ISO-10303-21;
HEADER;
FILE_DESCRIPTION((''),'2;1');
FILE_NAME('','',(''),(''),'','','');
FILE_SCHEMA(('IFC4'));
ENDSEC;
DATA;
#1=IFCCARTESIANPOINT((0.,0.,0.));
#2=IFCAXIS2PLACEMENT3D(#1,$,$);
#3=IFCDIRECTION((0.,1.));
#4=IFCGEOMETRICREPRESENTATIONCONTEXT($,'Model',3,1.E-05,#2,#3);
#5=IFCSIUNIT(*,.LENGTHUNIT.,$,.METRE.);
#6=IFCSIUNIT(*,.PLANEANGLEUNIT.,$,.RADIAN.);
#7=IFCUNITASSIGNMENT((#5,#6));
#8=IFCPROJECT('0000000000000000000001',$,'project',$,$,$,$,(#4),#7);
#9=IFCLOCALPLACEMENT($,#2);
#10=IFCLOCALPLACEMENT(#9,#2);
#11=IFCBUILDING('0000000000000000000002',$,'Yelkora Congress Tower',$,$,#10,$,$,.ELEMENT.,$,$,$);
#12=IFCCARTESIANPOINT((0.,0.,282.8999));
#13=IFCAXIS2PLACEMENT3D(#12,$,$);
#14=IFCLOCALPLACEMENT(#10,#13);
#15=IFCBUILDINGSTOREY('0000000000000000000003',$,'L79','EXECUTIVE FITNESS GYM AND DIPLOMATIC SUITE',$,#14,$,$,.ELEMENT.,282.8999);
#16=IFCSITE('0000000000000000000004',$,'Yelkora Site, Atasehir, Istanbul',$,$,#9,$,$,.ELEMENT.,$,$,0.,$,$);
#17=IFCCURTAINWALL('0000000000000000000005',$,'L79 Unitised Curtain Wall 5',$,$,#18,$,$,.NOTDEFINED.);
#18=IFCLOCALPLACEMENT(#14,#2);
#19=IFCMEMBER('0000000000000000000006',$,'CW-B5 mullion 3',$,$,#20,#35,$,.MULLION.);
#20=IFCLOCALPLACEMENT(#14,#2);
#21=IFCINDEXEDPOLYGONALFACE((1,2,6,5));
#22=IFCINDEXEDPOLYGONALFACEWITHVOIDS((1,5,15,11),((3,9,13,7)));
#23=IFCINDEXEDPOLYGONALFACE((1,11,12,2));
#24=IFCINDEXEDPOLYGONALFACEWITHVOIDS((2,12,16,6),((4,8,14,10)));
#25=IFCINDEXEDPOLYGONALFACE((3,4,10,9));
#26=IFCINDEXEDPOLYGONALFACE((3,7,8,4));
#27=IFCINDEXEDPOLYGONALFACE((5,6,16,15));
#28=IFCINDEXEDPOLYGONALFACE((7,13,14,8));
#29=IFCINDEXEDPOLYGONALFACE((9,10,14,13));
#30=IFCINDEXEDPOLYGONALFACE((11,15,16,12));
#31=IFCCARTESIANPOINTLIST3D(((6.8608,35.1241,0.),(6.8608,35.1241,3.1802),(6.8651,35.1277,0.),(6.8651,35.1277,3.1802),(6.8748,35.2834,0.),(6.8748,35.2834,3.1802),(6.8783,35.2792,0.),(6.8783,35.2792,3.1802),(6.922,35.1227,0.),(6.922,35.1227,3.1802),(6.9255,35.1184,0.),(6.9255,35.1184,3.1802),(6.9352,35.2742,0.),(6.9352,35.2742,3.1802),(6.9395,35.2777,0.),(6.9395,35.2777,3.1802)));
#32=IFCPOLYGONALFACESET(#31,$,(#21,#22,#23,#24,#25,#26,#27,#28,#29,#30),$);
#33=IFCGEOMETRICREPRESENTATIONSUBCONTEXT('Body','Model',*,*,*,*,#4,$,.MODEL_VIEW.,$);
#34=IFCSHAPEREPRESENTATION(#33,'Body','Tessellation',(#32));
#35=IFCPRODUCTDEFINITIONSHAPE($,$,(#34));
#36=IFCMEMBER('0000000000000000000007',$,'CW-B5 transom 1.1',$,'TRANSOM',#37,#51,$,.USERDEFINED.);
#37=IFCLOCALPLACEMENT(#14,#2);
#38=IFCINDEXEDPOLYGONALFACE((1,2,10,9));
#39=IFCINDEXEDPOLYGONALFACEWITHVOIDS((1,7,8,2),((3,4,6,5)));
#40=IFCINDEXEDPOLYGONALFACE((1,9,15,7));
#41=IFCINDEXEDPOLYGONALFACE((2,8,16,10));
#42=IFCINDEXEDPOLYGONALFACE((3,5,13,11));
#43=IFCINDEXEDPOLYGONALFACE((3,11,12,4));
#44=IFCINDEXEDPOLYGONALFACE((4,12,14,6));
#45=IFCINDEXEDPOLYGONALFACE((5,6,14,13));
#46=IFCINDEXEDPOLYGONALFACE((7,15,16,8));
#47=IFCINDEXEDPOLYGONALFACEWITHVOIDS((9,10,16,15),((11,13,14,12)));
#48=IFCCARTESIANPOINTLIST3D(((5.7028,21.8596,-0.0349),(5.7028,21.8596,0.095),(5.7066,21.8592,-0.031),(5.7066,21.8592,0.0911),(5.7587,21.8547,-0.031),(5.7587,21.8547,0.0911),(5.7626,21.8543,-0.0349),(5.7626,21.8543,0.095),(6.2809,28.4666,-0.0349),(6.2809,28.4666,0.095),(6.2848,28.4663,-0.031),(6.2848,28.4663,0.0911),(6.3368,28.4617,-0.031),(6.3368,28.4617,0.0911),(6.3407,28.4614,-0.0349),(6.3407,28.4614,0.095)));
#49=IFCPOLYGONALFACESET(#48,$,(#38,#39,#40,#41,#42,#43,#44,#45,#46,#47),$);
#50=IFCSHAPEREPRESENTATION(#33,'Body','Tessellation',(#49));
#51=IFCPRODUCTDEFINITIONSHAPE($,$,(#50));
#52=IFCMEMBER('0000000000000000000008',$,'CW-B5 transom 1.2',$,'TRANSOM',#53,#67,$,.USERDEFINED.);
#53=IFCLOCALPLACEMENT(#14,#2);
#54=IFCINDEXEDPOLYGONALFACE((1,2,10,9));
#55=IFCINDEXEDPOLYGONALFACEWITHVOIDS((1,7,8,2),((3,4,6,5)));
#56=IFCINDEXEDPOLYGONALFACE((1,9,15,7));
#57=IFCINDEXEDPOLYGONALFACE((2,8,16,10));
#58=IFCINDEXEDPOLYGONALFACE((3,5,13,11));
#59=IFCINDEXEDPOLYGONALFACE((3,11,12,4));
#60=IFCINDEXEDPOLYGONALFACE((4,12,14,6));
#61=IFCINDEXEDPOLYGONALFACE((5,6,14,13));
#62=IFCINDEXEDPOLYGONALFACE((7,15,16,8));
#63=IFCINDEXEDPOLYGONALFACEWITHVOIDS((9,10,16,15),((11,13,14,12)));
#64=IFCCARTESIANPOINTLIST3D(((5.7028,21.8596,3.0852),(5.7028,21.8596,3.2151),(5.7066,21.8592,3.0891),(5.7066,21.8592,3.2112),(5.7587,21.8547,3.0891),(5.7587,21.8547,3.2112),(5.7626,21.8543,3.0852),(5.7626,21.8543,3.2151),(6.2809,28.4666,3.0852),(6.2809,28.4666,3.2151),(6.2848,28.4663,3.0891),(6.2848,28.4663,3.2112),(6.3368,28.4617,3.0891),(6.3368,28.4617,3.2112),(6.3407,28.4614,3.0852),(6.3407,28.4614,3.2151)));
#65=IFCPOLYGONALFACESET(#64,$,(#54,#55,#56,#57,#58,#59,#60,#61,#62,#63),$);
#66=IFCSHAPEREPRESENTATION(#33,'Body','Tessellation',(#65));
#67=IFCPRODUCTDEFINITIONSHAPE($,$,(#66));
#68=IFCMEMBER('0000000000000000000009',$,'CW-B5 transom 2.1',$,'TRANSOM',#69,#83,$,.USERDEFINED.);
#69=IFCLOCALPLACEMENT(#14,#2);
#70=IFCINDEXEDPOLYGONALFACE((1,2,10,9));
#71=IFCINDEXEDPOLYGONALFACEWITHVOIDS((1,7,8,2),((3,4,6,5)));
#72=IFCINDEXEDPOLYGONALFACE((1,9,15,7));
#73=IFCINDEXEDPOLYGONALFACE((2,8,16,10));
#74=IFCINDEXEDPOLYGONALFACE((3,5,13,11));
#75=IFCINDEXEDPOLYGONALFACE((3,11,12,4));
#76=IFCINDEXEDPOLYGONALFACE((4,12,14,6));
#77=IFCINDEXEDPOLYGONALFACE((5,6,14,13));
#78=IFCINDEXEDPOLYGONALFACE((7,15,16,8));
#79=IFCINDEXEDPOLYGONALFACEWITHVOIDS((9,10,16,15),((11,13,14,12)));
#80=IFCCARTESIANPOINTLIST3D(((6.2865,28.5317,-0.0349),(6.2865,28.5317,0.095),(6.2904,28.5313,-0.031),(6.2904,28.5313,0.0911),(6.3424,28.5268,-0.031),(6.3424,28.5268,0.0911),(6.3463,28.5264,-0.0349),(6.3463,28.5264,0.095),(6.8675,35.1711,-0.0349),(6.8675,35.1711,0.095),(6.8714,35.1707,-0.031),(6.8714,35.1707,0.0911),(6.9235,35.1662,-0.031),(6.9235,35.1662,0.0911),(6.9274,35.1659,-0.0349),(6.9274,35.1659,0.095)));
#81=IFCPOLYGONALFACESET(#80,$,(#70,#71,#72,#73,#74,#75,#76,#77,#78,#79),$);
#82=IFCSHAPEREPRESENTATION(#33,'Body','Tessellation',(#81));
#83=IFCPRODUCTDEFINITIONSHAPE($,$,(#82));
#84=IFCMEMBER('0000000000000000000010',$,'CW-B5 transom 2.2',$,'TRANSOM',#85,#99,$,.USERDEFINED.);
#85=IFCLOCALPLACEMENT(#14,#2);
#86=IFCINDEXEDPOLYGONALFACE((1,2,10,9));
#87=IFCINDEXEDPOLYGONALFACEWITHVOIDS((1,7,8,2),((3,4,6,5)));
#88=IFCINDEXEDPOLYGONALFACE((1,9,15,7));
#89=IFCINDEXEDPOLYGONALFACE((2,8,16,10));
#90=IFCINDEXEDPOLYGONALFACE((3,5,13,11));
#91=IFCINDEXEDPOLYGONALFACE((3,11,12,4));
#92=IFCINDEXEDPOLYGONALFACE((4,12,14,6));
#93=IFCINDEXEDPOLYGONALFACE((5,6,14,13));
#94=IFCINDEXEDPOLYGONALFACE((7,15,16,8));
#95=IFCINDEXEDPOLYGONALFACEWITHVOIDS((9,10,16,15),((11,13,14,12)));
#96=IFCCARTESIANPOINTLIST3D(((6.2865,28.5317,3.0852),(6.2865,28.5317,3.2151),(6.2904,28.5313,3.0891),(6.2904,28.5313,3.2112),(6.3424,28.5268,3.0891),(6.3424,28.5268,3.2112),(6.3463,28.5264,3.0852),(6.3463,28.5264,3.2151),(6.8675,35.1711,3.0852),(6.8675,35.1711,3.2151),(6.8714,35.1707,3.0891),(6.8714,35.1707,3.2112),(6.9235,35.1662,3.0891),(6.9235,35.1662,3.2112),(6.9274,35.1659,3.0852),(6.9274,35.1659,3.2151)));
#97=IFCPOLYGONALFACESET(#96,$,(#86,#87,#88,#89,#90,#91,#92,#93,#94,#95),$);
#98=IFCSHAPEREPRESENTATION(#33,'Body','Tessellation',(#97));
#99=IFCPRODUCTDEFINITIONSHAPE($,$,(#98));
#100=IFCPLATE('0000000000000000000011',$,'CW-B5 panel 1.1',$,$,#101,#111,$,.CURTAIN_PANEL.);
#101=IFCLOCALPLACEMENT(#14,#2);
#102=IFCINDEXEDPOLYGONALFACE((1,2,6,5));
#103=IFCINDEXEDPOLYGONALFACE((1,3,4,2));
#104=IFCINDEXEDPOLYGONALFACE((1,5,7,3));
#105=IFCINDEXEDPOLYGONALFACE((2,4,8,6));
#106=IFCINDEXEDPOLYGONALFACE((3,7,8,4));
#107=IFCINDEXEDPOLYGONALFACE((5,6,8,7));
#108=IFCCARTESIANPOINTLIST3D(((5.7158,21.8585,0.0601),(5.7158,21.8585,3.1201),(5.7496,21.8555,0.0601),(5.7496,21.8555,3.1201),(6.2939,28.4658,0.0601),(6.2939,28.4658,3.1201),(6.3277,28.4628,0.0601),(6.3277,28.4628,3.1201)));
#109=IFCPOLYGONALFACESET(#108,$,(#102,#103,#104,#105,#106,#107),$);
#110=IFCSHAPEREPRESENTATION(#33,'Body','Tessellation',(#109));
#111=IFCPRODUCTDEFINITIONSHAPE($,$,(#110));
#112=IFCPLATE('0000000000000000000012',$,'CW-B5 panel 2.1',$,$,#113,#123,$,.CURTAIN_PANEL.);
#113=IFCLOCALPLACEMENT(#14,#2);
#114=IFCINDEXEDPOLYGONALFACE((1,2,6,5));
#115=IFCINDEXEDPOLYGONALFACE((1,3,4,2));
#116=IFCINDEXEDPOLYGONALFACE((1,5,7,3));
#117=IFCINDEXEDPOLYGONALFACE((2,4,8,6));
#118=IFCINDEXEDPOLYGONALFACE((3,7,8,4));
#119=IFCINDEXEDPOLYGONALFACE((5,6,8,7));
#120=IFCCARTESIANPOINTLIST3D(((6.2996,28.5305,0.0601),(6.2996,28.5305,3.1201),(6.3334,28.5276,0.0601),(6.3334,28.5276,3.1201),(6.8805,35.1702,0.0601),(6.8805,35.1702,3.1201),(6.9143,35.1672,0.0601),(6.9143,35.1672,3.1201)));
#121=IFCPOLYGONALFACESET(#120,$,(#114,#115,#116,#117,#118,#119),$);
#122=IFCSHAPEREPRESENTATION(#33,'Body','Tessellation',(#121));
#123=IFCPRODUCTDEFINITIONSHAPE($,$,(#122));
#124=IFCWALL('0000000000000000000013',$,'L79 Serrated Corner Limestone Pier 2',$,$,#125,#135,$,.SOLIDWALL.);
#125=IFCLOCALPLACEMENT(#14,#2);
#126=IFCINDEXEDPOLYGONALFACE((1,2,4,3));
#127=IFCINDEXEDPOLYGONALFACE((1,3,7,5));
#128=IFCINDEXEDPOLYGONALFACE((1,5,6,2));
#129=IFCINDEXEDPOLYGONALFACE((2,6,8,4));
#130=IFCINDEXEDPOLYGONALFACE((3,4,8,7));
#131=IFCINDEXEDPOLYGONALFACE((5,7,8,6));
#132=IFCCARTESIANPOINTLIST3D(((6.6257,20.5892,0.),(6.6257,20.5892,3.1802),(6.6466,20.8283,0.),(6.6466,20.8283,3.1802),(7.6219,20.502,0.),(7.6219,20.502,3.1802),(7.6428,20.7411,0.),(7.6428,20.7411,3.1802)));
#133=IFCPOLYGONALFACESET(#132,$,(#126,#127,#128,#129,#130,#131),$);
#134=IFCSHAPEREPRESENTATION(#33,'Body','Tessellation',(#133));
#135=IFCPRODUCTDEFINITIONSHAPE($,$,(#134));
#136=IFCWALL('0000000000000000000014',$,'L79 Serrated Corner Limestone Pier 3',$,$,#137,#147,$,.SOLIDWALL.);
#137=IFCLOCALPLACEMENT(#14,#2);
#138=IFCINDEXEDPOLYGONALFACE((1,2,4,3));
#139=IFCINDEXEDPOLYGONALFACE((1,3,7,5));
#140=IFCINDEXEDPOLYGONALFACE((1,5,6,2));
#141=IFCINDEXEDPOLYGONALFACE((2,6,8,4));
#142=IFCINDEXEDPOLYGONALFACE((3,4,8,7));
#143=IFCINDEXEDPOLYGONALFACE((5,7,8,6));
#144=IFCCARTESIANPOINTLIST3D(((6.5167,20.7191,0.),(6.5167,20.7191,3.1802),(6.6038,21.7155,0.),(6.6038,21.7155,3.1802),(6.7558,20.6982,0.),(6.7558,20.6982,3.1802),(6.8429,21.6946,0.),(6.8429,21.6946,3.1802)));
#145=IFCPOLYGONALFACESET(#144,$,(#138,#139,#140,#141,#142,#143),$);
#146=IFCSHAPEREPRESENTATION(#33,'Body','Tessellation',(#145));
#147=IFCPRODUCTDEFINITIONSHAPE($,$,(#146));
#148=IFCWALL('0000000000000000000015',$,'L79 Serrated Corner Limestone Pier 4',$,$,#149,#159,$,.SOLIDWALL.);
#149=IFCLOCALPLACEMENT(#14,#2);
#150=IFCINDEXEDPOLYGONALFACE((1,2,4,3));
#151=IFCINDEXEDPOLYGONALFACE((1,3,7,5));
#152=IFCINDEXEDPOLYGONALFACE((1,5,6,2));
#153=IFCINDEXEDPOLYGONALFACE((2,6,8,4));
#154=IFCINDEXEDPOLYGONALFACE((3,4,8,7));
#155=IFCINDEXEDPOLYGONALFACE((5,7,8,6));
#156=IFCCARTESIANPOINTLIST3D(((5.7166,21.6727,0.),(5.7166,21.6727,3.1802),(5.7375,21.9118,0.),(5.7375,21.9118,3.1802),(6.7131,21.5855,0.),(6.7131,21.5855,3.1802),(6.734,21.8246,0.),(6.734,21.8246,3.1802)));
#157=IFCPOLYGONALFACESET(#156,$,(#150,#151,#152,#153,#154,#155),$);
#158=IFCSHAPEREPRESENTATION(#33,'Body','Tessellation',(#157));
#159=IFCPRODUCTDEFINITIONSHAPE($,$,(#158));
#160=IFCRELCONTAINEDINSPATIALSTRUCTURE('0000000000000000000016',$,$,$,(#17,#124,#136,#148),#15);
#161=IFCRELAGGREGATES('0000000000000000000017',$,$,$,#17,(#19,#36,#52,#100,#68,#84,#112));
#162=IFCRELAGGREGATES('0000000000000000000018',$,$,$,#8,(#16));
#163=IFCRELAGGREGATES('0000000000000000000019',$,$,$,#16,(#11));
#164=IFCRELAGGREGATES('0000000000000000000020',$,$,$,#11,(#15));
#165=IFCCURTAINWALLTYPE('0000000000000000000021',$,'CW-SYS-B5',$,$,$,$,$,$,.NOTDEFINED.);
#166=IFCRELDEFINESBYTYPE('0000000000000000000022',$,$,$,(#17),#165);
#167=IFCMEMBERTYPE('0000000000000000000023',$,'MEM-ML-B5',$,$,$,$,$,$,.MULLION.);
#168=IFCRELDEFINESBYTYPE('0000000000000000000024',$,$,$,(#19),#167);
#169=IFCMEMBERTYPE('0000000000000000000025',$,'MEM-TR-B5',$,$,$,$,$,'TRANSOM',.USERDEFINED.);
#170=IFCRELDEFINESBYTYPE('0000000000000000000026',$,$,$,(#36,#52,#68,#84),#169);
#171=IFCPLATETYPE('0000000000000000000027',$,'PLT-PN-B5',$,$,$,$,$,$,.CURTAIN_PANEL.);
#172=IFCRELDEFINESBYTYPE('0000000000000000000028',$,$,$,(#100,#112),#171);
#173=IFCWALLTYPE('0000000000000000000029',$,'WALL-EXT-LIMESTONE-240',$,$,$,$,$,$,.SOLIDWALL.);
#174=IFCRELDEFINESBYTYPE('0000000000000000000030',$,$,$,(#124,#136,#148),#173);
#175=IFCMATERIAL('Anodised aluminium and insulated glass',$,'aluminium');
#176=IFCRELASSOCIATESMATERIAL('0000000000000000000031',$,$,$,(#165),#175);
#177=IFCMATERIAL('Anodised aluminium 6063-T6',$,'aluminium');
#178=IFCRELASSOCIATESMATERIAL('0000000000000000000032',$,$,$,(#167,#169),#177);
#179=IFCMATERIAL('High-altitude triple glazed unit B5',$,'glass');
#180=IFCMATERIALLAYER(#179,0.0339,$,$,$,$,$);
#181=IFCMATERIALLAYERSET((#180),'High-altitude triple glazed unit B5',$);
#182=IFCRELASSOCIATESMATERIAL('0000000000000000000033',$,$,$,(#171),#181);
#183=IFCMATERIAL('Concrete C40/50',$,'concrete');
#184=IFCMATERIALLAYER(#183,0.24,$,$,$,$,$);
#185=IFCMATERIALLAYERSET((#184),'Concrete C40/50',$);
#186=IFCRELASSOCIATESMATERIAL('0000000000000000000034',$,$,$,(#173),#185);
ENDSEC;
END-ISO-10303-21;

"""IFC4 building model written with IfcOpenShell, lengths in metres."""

from ifc_helpers import new_model, si_unit, direction, frame, frame_2d, origin, origin_2d, place, context, subcontext, project, spatial, rectangle, hollow_rectangle, extrude, material, layer, layer_set, material_profile, profile_set, type_object, element, aggregate, save


model = new_model("IFC4")

# Units and contexts
model_context = context("Model", 3, precision=1e-05, world=origin(), true_north=direction((0.0, 1.0)))
body_context = subcontext(model_context, "Body", "Model", "MODEL_VIEW")
ifc_project = project(units=[si_unit("LENGTHUNIT", "METRE"), si_unit("PLANEANGLEUNIT", "RADIAN")], contexts=[model_context])

# Site, building, storey
site_placement = place(None, origin())
site = spatial("IfcSite", under=ifc_project, at=site_placement, Name="Yelkora Site, Atasehir, Istanbul", CompositionType="ELEMENT", RefElevation=0.0)
building_placement = place(site_placement, origin())
building = spatial("IfcBuilding", under=site, at=building_placement, Name="Yelkora Congress Tower", CompositionType="ELEMENT")
storey_placement = place(building_placement, frame((0.0, 0.0, 282.8999)))
storey = spatial("IfcBuildingStorey", under=building, at=storey_placement, Name="L79", Description="EXECUTIVE FITNESS GYM AND DIPLOMATIC SUITE", CompositionType="ELEMENT", Elevation=282.8999)

# Curtain wall, members, plates
ifc_material_1 = material(Name="Anodised aluminium and insulated glass", Category="aluminium")
curtain_wall_type = type_object("IfcCurtainWallType", Name="CW-SYS-B5", PredefinedType="NOTDEFINED", material=ifc_material_1)
curtain_wall_placement = place(storey_placement, origin())
curtain_wall = element("IfcCurtainWall", 1, at=curtain_wall_placement, inside=storey, type_object=curtain_wall_type, Name="L79 Unitised Curtain Wall 5", PredefinedType="NOTDEFINED")
ifc_material_2 = material(Name="Anodised aluminium 6063-T6", Category="aluminium")
ifc_material_profile_1 = material_profile(ifc_material_2, hollow_rectangle(XDim=0.0649, YDim=0.1599, WallThickness=0.0039, at=origin_2d()), Name="ALU 65x160x4")
ifc_profile_set_1 = profile_set([ifc_material_profile_1], Name="Anodised aluminium 6063-T6")
member_type_1 = type_object("IfcMemberType", Name="MEM-ML-B5", PredefinedType="MULLION", material=ifc_profile_set_1)
member_1_placement = place(storey_placement, frame((6.9001, 35.2009, 0.0), z_axis=(0.0, 0.0, 1.0), x_axis=(-0.996195, 0.087155, 0.0)))
member_1 = element("IfcMember", 2, at=member_1_placement, type_object=member_type_1, Name="CW-B5 mullion 3", PredefinedType="MULLION", context=body_context, shape_type="SweptSolid", body=[
    extrude(hollow_rectangle(XDim=0.0649, YDim=0.1599, WallThickness=0.0039, at=origin_2d()), origin(), (0.0, 0.0, 1.0), 3.1802),
])
ifc_material_profile_2 = material_profile(ifc_material_2, hollow_rectangle(XDim=0.0601, YDim=0.1299, WallThickness=0.0039, at=origin_2d()), Name="ALU 60x130x4")
ifc_profile_set_2 = profile_set([ifc_material_profile_2], Name="Anodised aluminium 6063-T6")
member_type_2 = type_object("IfcMemberType", Name="MEM-TR-B5", ElementType="TRANSOM", PredefinedType="USERDEFINED", material=ifc_profile_set_2)
member_2_placement = place(storey_placement, frame((5.7327, 21.8569, 0.03), z_axis=(0.087166, 0.996194, 0.0), x_axis=(-0.996194, 0.087166, 0.0)))
member_2 = element("IfcMember", 3, at=member_2_placement, type_object=member_type_2, Name="CW-B5 transom 1.1", ObjectType="TRANSOM", PredefinedType="USERDEFINED", context=body_context, shape_type="SweptSolid", body=[
    extrude(hollow_rectangle(XDim=0.0601, YDim=0.1299, WallThickness=0.0039, at=origin_2d()), origin(), (0.0, 0.0, 1.0), 6.6323),
])
member_3_placement = place(storey_placement, frame((5.7327, 21.8569, 3.1501), z_axis=(0.087166, 0.996194, 0.0), x_axis=(-0.996194, 0.087166, 0.0)))
member_3 = element("IfcMember", 4, at=member_3_placement, type_object=member_type_2, Name="CW-B5 transom 1.2", ObjectType="TRANSOM", PredefinedType="USERDEFINED", context=body_context, shape_type="SweptSolid", body=[
    extrude(hollow_rectangle(XDim=0.0601, YDim=0.1299, WallThickness=0.0039, at=origin_2d()), origin(), (0.0, 0.0, 1.0), 6.6323),
])
member_4_placement = place(storey_placement, frame((6.3164, 28.5291, 0.03), z_axis=(0.087183, 0.996192, 0.0), x_axis=(-0.996192, 0.087183, 0.0)))
member_4 = element("IfcMember", 5, at=member_4_placement, type_object=member_type_2, Name="CW-B5 transom 2.1", ObjectType="TRANSOM", PredefinedType="USERDEFINED", context=body_context, shape_type="SweptSolid", body=[
    extrude(hollow_rectangle(XDim=0.0601, YDim=0.1299, WallThickness=0.0039, at=origin_2d()), origin(), (0.0, 0.0, 1.0), 6.6648),
])
member_5_placement = place(storey_placement, frame((6.3164, 28.5291, 3.1501), z_axis=(0.087183, 0.996192, 0.0), x_axis=(-0.996192, 0.087183, 0.0)))
member_5 = element("IfcMember", 6, at=member_5_placement, type_object=member_type_2, Name="CW-B5 transom 2.2", ObjectType="TRANSOM", PredefinedType="USERDEFINED", context=body_context, shape_type="SweptSolid", body=[
    extrude(hollow_rectangle(XDim=0.0601, YDim=0.1299, WallThickness=0.0039, at=origin_2d()), origin(), (0.0, 0.0, 1.0), 6.6648),
])
ifc_material_3 = material(Name="High-altitude triple glazed unit B5", Category="glass")
ifc_layer_1 = layer(ifc_material_3, 0.0339)
ifc_layer_set_1 = layer_set([ifc_layer_1], Name="High-altitude triple glazed unit B5")
plate_type = type_object("IfcPlateType", Name="PLT-PN-B5", PredefinedType="CURTAIN_PANEL", material=ifc_layer_set_1)
plate_1_placement = place(storey_placement, frame((6.0217, 25.1606, 0.0601), z_axis=(0.0, 0.0, 1.0), x_axis=(0.087155, 0.996195, 0.0)))
plate_1 = element("IfcPlate", 7, at=plate_1_placement, type_object=plate_type, Name="CW-B5 panel 1.1", PredefinedType="CURTAIN_PANEL", context=body_context, shape_type="SweptSolid", body=[
    extrude(rectangle(XDim=6.6326, YDim=0.0339, at=origin_2d()), origin(), (0.0, 0.0, 1.0), 3.0601),
])
plate_2_placement = place(storey_placement, frame((6.6069, 31.8489, 0.0601), z_axis=(0.0, 0.0, 1.0), x_axis=(0.087155, 0.996195, 0.0)))
plate_2 = element("IfcPlate", 8, at=plate_2_placement, type_object=plate_type, Name="CW-B5 panel 2.1", PredefinedType="CURTAIN_PANEL", context=body_context, shape_type="SweptSolid", body=[
    extrude(rectangle(XDim=6.665, YDim=0.0339, at=origin_2d()), origin(), (0.0, 0.0, 1.0), 3.0601),
])
aggregate(curtain_wall, [member_1, member_2, member_3, plate_1, member_4, member_5, plate_2])

# Walls
ifc_material_4 = material(Name="Concrete C40/50", Category="concrete")
ifc_layer_2 = layer(ifc_material_4, 0.24)
ifc_layer_set_2 = layer_set([ifc_layer_2], Name="Concrete C40/50")
wall_type_1 = type_object("IfcWallType", Name="WALL-EXT-LIMESTONE-240", PredefinedType="SOLIDWALL", material=ifc_layer_set_2)
wall_1_placement = place(storey_placement, frame((7.6323, 20.6216, 0.0), z_axis=(0.0, 0.0, 1.0), x_axis=(-0.996194, 0.087167, 0.0)))
element("IfcWall", 9, at=wall_1_placement, inside=storey, type_object=wall_type_1, Name="L79 Serrated Corner Limestone Pier 2", PredefinedType="SOLIDWALL", context=body_context, shape_type="SweptSolid", body=[
    extrude(rectangle(XDim=1.0, YDim=0.24, at=frame_2d((0.5, 0.0))), origin(), (0.0, 0.0, 1.0), 3.1802),
])
for number, where, z_axis, x_axis, name in (
    (10, (6.6362, 20.7087, 0.0), (0.0, 0.0, 1.0), (0.087146, 0.996196, 0.0), "L79 Serrated Corner Limestone Pier 3"),
    (11, (6.7234, 21.7051, 0.0), (0.0, 0.0, 1.0), (-0.996196, 0.087146, 0.0), "L79 Serrated Corner Limestone Pier 4"),
):
    element("IfcWall", number, at=place(storey_placement, frame(where, z_axis=z_axis, x_axis=x_axis)), inside=storey, type_object=wall_type_1, Name=name, PredefinedType="SOLIDWALL", context=body_context, shape_type="SweptSolid", body=[
        extrude(rectangle(XDim=1.0002, YDim=0.24, at=frame_2d((0.5, 0.0))), origin(), (0.0, 0.0, 1.0), 3.1802),
    ])

save(model, "model.ifc")
